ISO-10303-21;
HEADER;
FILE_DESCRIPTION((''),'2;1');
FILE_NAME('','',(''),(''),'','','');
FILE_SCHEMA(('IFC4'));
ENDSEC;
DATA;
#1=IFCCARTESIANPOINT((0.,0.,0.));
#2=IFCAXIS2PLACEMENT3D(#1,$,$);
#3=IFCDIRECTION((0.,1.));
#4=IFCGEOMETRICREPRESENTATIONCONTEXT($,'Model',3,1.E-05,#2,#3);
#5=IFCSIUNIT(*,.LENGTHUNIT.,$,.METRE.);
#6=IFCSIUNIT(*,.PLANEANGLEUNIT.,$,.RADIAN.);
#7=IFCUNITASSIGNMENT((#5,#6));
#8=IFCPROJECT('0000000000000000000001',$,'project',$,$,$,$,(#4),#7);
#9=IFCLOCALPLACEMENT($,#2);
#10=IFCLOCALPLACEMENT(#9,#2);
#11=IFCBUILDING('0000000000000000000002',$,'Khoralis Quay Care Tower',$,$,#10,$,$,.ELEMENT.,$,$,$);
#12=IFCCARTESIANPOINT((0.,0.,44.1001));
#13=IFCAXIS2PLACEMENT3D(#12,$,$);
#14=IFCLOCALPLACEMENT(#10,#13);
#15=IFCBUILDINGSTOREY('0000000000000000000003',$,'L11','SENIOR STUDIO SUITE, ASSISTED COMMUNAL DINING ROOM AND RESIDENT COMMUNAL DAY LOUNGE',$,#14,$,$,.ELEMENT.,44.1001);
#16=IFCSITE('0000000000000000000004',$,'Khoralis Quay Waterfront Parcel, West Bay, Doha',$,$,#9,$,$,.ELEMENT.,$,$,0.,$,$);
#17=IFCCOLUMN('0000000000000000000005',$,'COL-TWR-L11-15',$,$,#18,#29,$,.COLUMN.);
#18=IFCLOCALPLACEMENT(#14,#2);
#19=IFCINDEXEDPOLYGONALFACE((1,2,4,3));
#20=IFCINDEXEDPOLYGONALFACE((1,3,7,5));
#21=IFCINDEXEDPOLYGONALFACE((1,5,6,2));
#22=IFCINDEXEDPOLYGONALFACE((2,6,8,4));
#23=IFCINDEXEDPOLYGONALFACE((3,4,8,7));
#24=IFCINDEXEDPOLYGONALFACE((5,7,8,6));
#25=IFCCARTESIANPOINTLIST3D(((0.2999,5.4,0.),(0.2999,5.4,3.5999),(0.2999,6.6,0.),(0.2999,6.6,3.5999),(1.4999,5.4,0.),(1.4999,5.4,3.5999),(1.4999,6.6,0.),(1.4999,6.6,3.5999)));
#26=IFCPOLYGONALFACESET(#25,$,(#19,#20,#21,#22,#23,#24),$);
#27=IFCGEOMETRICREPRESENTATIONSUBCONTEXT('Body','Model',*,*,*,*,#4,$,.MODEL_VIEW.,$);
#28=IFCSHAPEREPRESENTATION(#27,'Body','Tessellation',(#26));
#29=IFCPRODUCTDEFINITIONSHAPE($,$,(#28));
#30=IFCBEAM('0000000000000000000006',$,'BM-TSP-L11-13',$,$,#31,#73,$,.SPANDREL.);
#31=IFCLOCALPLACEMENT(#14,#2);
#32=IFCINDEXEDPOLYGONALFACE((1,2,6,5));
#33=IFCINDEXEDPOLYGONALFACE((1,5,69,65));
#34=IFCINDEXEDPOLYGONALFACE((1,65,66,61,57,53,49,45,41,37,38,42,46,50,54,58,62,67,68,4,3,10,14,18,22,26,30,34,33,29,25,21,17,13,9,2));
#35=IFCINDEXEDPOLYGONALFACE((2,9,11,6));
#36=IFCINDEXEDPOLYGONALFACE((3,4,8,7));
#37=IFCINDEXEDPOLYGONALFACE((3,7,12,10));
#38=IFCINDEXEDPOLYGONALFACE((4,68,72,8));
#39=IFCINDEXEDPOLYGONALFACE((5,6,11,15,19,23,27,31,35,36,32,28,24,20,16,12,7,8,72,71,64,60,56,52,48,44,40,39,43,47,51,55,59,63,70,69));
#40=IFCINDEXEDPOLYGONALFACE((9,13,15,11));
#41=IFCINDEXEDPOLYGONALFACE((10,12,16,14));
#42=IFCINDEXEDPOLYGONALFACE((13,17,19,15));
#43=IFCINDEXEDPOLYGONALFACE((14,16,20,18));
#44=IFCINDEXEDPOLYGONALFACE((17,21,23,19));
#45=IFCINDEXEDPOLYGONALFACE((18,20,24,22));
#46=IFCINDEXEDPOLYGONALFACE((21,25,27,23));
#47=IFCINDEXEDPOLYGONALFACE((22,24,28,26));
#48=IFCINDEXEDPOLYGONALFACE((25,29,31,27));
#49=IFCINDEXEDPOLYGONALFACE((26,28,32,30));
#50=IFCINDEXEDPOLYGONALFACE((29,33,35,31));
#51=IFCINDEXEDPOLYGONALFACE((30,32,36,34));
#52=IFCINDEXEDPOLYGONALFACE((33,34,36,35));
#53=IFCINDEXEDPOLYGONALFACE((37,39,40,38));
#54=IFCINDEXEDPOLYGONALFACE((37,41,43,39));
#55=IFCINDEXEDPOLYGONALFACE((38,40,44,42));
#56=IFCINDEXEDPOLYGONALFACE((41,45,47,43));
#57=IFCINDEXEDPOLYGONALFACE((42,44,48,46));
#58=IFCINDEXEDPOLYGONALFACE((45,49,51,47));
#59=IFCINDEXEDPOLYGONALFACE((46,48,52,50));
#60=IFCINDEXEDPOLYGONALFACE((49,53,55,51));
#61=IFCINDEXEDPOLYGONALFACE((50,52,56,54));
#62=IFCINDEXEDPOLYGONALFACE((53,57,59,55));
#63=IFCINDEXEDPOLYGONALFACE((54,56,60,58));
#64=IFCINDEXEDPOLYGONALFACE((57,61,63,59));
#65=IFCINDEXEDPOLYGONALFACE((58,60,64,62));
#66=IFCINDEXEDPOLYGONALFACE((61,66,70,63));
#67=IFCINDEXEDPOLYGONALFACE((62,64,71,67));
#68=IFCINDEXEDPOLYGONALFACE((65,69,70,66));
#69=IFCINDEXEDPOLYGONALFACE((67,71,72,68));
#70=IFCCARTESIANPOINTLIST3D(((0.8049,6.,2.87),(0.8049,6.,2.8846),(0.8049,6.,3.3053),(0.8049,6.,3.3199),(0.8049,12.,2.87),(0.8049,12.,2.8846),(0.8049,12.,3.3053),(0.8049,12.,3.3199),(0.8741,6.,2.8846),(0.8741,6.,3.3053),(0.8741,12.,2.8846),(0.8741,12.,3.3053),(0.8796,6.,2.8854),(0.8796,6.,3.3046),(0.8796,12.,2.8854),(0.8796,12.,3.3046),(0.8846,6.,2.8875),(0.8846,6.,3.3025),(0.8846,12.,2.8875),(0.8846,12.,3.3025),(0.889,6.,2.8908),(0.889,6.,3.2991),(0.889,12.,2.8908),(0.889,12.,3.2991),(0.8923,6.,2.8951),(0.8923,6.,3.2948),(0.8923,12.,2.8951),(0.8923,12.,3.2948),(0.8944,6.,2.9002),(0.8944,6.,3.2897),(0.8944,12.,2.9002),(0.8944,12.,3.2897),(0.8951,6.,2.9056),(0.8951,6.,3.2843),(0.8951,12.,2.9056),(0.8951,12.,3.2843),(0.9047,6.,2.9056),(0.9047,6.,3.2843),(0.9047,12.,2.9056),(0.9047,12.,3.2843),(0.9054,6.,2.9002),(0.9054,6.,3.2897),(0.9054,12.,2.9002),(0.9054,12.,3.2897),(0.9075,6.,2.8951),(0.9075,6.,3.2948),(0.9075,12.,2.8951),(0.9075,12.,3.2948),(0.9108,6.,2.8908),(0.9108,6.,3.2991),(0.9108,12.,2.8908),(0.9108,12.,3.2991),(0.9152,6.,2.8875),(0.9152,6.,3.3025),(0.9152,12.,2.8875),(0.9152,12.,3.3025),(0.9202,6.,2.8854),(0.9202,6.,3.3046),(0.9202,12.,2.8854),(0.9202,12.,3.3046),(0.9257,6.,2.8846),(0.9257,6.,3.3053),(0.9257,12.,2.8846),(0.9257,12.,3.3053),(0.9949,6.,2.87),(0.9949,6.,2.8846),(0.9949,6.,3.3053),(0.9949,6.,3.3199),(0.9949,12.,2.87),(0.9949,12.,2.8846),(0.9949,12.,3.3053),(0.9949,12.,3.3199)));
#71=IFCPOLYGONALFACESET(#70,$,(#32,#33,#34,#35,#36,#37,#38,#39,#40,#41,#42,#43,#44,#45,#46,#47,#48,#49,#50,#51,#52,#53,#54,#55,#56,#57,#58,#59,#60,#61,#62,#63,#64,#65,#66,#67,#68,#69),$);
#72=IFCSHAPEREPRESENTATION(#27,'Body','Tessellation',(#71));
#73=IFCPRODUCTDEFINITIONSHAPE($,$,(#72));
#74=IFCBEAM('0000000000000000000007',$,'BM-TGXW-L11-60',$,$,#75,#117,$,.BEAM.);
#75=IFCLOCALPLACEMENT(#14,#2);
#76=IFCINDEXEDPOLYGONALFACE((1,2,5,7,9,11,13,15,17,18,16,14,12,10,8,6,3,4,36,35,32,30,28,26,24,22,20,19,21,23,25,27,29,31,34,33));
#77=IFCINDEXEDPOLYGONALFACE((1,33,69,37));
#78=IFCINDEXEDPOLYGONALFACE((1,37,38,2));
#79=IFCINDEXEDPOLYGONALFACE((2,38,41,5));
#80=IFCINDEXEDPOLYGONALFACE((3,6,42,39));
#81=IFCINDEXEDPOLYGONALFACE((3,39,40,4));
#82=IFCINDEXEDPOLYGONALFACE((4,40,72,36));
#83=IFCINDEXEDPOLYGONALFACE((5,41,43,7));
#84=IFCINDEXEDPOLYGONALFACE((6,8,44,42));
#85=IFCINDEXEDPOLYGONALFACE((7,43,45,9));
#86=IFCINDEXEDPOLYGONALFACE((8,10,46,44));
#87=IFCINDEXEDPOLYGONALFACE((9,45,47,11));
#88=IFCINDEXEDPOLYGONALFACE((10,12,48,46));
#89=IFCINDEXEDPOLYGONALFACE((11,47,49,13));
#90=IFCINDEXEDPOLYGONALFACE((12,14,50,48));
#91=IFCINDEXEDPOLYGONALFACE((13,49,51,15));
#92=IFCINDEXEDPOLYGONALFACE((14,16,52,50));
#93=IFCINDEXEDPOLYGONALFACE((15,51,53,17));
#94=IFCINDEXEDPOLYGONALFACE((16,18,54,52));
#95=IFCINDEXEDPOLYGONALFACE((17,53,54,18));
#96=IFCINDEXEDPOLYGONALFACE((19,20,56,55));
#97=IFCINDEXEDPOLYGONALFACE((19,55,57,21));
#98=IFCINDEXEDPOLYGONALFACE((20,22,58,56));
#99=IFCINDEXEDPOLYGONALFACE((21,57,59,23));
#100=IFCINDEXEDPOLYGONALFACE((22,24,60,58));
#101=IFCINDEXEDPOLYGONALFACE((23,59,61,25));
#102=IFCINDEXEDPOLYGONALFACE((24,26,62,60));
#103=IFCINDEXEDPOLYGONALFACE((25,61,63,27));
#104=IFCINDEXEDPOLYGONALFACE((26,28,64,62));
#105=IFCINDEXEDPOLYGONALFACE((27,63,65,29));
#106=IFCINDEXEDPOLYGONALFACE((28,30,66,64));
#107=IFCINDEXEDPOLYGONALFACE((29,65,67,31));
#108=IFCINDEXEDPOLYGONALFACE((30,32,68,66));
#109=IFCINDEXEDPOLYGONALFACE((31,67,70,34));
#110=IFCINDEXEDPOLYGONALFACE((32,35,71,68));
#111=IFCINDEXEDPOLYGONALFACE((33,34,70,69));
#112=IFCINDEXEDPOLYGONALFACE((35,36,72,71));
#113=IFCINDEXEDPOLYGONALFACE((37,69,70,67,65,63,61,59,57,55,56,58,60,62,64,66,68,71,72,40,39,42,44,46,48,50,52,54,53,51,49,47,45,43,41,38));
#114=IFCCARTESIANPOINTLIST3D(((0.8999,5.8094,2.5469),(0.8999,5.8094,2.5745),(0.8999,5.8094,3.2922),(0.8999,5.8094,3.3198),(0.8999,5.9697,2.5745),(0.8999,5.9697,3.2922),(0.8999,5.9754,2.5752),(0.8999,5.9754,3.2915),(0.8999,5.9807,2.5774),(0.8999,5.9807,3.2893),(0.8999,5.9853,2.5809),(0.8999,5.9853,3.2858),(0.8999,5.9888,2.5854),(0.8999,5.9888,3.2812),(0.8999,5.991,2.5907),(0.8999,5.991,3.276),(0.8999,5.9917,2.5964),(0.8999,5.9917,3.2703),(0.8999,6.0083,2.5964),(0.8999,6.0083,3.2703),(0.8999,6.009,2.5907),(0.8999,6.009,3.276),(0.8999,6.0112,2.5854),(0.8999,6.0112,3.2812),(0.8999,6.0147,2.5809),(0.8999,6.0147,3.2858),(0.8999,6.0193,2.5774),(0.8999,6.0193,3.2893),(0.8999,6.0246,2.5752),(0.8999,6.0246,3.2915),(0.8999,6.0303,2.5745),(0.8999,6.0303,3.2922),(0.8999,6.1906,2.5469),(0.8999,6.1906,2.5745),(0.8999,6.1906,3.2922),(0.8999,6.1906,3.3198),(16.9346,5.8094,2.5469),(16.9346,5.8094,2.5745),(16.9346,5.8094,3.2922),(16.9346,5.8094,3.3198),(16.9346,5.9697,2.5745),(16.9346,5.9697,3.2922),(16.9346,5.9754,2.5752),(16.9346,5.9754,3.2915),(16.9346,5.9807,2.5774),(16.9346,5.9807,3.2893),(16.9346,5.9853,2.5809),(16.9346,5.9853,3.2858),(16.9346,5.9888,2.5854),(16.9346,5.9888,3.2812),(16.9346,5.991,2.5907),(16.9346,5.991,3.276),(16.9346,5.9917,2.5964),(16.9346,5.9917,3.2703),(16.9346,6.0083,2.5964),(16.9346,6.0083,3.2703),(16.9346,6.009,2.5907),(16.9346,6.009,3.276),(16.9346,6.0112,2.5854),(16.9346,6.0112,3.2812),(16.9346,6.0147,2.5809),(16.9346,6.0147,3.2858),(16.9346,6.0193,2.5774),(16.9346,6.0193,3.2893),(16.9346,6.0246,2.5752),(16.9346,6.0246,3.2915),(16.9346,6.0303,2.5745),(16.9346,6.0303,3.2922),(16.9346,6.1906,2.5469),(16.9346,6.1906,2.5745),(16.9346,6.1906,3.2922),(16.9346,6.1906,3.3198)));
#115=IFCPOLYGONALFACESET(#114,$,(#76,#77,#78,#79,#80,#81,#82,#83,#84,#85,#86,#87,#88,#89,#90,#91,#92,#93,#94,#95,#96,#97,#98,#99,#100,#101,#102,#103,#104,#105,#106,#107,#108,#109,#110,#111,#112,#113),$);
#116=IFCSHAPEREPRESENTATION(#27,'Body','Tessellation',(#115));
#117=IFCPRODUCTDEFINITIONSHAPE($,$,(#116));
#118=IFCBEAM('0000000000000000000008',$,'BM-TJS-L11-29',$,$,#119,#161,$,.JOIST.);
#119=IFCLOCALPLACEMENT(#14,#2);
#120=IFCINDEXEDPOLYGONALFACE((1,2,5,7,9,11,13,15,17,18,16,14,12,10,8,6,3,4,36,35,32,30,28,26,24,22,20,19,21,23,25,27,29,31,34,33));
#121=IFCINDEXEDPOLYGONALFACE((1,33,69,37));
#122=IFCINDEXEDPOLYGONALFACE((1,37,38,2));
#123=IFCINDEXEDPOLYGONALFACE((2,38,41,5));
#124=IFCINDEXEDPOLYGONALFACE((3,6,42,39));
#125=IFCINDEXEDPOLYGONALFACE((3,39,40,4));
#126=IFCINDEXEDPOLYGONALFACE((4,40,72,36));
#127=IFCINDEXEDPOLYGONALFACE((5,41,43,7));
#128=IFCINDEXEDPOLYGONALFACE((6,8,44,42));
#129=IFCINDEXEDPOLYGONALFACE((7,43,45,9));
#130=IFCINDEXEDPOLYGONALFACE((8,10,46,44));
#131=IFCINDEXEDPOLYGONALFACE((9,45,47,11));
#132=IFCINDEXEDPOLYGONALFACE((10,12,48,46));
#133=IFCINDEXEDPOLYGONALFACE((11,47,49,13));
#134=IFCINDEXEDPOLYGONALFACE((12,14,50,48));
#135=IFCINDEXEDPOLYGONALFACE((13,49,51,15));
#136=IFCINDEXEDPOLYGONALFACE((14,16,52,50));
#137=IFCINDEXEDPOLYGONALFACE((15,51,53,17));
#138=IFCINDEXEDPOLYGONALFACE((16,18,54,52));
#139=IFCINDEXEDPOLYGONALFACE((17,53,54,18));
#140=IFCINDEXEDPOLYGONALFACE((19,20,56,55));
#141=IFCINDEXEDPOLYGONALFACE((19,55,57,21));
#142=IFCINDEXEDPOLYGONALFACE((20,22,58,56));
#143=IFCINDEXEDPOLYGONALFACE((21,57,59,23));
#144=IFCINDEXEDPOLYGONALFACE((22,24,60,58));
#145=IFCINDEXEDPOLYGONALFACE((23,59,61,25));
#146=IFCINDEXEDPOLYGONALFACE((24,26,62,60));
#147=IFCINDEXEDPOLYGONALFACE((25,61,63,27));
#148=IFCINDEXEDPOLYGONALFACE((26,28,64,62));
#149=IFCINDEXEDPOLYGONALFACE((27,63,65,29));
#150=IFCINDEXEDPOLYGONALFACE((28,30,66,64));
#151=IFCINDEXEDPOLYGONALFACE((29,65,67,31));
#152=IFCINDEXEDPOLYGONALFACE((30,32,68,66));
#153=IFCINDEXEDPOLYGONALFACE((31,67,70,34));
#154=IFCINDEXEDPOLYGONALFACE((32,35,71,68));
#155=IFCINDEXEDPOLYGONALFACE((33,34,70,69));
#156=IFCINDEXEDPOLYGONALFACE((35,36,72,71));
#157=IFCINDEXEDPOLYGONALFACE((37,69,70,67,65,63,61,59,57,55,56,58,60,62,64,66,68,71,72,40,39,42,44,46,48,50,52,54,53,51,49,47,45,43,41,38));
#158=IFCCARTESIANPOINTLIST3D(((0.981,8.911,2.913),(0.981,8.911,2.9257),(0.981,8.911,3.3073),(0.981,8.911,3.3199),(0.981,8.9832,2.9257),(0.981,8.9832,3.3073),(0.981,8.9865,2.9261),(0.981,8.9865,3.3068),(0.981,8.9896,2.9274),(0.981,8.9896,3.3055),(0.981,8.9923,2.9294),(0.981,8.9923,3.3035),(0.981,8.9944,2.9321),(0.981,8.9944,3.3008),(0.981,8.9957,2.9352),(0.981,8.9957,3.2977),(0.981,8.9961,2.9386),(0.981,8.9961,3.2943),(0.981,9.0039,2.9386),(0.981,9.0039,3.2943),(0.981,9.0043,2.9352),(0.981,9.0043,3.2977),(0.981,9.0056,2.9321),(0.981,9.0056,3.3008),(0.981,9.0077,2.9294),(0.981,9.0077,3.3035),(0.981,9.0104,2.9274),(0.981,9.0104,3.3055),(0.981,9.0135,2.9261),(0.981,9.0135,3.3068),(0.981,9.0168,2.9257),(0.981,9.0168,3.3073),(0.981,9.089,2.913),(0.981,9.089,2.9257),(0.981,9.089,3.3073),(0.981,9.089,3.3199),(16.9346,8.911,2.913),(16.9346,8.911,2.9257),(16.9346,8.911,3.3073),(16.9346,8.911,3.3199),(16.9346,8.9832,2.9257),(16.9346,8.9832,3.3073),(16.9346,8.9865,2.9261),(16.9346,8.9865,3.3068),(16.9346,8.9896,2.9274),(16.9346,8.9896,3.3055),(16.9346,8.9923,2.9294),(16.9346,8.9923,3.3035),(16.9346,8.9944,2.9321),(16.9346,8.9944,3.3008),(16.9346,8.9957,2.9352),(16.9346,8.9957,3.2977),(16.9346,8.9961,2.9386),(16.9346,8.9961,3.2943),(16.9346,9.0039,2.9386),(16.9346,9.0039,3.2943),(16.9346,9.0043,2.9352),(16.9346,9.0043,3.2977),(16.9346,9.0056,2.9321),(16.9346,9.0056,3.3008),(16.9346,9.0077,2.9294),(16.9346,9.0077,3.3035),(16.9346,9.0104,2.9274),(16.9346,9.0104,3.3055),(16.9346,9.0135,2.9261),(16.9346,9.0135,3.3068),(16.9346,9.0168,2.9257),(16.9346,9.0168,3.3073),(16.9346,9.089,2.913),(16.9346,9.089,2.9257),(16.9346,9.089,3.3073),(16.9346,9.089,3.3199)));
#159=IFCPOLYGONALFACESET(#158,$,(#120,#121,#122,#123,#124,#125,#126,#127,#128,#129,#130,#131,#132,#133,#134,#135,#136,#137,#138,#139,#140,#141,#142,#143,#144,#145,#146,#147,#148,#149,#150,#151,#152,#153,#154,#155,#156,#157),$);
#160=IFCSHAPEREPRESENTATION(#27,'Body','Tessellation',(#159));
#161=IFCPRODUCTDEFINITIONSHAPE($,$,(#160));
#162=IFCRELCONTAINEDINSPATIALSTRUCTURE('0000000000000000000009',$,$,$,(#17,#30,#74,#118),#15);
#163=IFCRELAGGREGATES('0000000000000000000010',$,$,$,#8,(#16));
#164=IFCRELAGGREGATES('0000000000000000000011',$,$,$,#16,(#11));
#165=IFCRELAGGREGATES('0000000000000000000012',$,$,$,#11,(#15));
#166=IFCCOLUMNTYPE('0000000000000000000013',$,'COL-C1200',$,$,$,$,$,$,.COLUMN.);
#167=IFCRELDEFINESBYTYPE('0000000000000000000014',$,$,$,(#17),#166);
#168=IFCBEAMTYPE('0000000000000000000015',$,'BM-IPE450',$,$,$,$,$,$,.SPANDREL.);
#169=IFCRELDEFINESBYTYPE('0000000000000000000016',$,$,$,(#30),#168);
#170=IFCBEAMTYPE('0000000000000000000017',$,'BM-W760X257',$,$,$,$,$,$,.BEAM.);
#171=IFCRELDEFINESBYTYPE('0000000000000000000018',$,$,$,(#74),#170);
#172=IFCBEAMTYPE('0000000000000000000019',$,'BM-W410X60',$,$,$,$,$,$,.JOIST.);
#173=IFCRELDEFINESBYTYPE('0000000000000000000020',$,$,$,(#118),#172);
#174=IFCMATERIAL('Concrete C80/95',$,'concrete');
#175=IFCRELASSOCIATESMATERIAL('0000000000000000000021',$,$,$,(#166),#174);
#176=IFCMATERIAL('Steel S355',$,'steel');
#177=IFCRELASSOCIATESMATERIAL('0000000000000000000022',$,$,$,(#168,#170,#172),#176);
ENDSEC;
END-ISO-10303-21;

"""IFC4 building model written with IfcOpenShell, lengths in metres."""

from ifc_helpers import new_model, si_unit, direction, frame, origin, origin_2d, place, context, subcontext, project, spatial, rectangle, i_section, extrude, source, transform, mapped, material, material_profile, profile_set, type_object, element, save


model = new_model("IFC4")

# Units and contexts
model_context = context("Model", 3, precision=1e-05, world=origin(), true_north=direction((0.0, 1.0)))
body_context = subcontext(model_context, "Body", "Model", "MODEL_VIEW")
ifc_project = project(units=[si_unit("LENGTHUNIT", "METRE"), si_unit("PLANEANGLEUNIT", "RADIAN")], contexts=[model_context])

# Site, building, storey
site_placement = place(None, origin())
site = spatial("IfcSite", under=ifc_project, at=site_placement, Name="Khoralis Quay Waterfront Parcel, West Bay, Doha", CompositionType="ELEMENT", RefElevation=0.0)
building_placement = place(site_placement, origin())
building = spatial("IfcBuilding", under=site, at=building_placement, Name="Khoralis Quay Care Tower", CompositionType="ELEMENT")
storey_placement = place(building_placement, frame((0.0, 0.0, 44.1001)))
storey = spatial("IfcBuildingStorey", under=building, at=storey_placement, Name="L11", Description="SENIOR STUDIO SUITE, ASSISTED COMMUNAL DINING ROOM AND RESIDENT COMMUNAL DAY LOUNGE", CompositionType="ELEMENT", Elevation=44.1001)

# Column
ifc_material_1 = material(Name="Concrete C80/95", Category="concrete")
ifc_material_profile_1 = material_profile(ifc_material_1, rectangle(XDim=1.2, YDim=1.2, at=origin_2d()), Name="Concrete C80/95")
ifc_profile_set_1 = profile_set([ifc_material_profile_1], Name="Concrete C80/95")
column_type = type_object("IfcColumnType", Name="COL-C1200", PredefinedType="COLUMN", material=ifc_profile_set_1)
shared_shape_1 = source(origin(), body_context, "Body", "SweptSolid", [
    extrude(rectangle(XDim=1.2, YDim=1.2, at=origin_2d()), origin(), (0.0, 0.0, 1.0), 3.5999),
])
column_placement = place(storey_placement, frame((0.8999, 6.0, 0.0), z_axis=(0.0, 0.0, 1.0), x_axis=(1.0, 0.0, 0.0)))
element("IfcColumn", 1, at=column_placement, inside=storey, type_object=column_type, Name="COL-TWR-L11-15", PredefinedType="COLUMN", context=body_context, shape_type="MappedRepresentation", body=[
    mapped(shared_shape_1, transform((0.0, 0.0, 0.0), scale=1.0)),
])

# Beams
ifc_material_2 = material(Name="Steel S355", Category="steel")
ifc_material_profile_2 = material_profile(ifc_material_2, i_section(OverallWidth=0.1899, OverallDepth=0.45, WebThickness=0.0095, FlangeThickness=0.0146, FilletRadius=0.021, at=origin_2d()), Name="Steel S355")
ifc_profile_set_2 = profile_set([ifc_material_profile_2], Name="Steel S355")
beam_type_1 = type_object("IfcBeamType", Name="BM-IPE450", PredefinedType="SPANDREL", material=ifc_profile_set_2)
shared_shape_2 = source(origin(), body_context, "Body", "SweptSolid", [
    extrude(i_section(OverallWidth=0.1899, OverallDepth=0.45, WebThickness=0.0095, FlangeThickness=0.0146, FilletRadius=0.021, at=origin_2d()), origin(), (0.0, 0.0, 1.0), 6.0),
])
beam_1_placement = place(storey_placement, frame((0.8999, 6.0, 3.095), z_axis=(0.0, 1.0, 0.0), x_axis=(-1.0, 0.0, 0.0)))
element("IfcBeam", 2, at=beam_1_placement, inside=storey, type_object=beam_type_1, Name="BM-TSP-L11-13", PredefinedType="SPANDREL", context=body_context, shape_type="MappedRepresentation", body=[
    mapped(shared_shape_2, transform((0.0, 0.0, 0.0), scale=1.0)),
])
ifc_material_profile_3 = material_profile(ifc_material_2, i_section(OverallWidth=0.3811, OverallDepth=0.7729, WebThickness=0.0166, FlangeThickness=0.0276, FilletRadius=0.022, at=origin_2d()), Name="Steel S355")
ifc_profile_set_3 = profile_set([ifc_material_profile_3], Name="Steel S355")
beam_type_2 = type_object("IfcBeamType", Name="BM-W760X257", PredefinedType="BEAM", material=ifc_profile_set_3)
shared_shape_3 = source(origin(), body_context, "Body", "SweptSolid", [
    extrude(i_section(OverallWidth=0.3811, OverallDepth=0.7729, WebThickness=0.0166, FlangeThickness=0.0276, FilletRadius=0.022, at=origin_2d()), origin(), (0.0, 0.0, 1.0), 16.0347),
])
beam_2_placement = place(storey_placement, frame((0.8999, 6.0, 2.9333), z_axis=(1.0, 0.0, 0.0), x_axis=(0.0, 1.0, 0.0)))
element("IfcBeam", 3, at=beam_2_placement, inside=storey, type_object=beam_type_2, Name="BM-TGXW-L11-60", PredefinedType="BEAM", context=body_context, shape_type="MappedRepresentation", body=[
    mapped(shared_shape_3, transform((0.0, 0.0, 0.0), scale=1.0)),
])
ifc_material_profile_4 = material_profile(ifc_material_2, i_section(OverallWidth=0.178, OverallDepth=0.407, WebThickness=0.0078, FlangeThickness=0.0127, FilletRadius=0.0129, at=origin_2d()), Name="Steel S355")
ifc_profile_set_4 = profile_set([ifc_material_profile_4], Name="Steel S355")
beam_type_3 = type_object("IfcBeamType", Name="BM-W410X60", PredefinedType="JOIST", material=ifc_profile_set_4)
shared_shape_4 = source(origin(), body_context, "Body", "SweptSolid", [
    extrude(i_section(OverallWidth=0.178, OverallDepth=0.407, WebThickness=0.0078, FlangeThickness=0.0127, FilletRadius=0.0129, at=origin_2d()), origin(), (0.0, 0.0, 1.0), 15.9536),
])
beam_3_placement = place(storey_placement, frame((0.981, 9.0, 3.1165), z_axis=(1.0, 0.0, 0.0), x_axis=(0.0, 1.0, 0.0)))
element("IfcBeam", 4, at=beam_3_placement, inside=storey, type_object=beam_type_3, Name="BM-TJS-L11-29", PredefinedType="JOIST", context=body_context, shape_type="MappedRepresentation", body=[
    mapped(shared_shape_4, transform((0.0, 0.0, 0.0), scale=1.0)),
])

save(model, "model.ifc")
